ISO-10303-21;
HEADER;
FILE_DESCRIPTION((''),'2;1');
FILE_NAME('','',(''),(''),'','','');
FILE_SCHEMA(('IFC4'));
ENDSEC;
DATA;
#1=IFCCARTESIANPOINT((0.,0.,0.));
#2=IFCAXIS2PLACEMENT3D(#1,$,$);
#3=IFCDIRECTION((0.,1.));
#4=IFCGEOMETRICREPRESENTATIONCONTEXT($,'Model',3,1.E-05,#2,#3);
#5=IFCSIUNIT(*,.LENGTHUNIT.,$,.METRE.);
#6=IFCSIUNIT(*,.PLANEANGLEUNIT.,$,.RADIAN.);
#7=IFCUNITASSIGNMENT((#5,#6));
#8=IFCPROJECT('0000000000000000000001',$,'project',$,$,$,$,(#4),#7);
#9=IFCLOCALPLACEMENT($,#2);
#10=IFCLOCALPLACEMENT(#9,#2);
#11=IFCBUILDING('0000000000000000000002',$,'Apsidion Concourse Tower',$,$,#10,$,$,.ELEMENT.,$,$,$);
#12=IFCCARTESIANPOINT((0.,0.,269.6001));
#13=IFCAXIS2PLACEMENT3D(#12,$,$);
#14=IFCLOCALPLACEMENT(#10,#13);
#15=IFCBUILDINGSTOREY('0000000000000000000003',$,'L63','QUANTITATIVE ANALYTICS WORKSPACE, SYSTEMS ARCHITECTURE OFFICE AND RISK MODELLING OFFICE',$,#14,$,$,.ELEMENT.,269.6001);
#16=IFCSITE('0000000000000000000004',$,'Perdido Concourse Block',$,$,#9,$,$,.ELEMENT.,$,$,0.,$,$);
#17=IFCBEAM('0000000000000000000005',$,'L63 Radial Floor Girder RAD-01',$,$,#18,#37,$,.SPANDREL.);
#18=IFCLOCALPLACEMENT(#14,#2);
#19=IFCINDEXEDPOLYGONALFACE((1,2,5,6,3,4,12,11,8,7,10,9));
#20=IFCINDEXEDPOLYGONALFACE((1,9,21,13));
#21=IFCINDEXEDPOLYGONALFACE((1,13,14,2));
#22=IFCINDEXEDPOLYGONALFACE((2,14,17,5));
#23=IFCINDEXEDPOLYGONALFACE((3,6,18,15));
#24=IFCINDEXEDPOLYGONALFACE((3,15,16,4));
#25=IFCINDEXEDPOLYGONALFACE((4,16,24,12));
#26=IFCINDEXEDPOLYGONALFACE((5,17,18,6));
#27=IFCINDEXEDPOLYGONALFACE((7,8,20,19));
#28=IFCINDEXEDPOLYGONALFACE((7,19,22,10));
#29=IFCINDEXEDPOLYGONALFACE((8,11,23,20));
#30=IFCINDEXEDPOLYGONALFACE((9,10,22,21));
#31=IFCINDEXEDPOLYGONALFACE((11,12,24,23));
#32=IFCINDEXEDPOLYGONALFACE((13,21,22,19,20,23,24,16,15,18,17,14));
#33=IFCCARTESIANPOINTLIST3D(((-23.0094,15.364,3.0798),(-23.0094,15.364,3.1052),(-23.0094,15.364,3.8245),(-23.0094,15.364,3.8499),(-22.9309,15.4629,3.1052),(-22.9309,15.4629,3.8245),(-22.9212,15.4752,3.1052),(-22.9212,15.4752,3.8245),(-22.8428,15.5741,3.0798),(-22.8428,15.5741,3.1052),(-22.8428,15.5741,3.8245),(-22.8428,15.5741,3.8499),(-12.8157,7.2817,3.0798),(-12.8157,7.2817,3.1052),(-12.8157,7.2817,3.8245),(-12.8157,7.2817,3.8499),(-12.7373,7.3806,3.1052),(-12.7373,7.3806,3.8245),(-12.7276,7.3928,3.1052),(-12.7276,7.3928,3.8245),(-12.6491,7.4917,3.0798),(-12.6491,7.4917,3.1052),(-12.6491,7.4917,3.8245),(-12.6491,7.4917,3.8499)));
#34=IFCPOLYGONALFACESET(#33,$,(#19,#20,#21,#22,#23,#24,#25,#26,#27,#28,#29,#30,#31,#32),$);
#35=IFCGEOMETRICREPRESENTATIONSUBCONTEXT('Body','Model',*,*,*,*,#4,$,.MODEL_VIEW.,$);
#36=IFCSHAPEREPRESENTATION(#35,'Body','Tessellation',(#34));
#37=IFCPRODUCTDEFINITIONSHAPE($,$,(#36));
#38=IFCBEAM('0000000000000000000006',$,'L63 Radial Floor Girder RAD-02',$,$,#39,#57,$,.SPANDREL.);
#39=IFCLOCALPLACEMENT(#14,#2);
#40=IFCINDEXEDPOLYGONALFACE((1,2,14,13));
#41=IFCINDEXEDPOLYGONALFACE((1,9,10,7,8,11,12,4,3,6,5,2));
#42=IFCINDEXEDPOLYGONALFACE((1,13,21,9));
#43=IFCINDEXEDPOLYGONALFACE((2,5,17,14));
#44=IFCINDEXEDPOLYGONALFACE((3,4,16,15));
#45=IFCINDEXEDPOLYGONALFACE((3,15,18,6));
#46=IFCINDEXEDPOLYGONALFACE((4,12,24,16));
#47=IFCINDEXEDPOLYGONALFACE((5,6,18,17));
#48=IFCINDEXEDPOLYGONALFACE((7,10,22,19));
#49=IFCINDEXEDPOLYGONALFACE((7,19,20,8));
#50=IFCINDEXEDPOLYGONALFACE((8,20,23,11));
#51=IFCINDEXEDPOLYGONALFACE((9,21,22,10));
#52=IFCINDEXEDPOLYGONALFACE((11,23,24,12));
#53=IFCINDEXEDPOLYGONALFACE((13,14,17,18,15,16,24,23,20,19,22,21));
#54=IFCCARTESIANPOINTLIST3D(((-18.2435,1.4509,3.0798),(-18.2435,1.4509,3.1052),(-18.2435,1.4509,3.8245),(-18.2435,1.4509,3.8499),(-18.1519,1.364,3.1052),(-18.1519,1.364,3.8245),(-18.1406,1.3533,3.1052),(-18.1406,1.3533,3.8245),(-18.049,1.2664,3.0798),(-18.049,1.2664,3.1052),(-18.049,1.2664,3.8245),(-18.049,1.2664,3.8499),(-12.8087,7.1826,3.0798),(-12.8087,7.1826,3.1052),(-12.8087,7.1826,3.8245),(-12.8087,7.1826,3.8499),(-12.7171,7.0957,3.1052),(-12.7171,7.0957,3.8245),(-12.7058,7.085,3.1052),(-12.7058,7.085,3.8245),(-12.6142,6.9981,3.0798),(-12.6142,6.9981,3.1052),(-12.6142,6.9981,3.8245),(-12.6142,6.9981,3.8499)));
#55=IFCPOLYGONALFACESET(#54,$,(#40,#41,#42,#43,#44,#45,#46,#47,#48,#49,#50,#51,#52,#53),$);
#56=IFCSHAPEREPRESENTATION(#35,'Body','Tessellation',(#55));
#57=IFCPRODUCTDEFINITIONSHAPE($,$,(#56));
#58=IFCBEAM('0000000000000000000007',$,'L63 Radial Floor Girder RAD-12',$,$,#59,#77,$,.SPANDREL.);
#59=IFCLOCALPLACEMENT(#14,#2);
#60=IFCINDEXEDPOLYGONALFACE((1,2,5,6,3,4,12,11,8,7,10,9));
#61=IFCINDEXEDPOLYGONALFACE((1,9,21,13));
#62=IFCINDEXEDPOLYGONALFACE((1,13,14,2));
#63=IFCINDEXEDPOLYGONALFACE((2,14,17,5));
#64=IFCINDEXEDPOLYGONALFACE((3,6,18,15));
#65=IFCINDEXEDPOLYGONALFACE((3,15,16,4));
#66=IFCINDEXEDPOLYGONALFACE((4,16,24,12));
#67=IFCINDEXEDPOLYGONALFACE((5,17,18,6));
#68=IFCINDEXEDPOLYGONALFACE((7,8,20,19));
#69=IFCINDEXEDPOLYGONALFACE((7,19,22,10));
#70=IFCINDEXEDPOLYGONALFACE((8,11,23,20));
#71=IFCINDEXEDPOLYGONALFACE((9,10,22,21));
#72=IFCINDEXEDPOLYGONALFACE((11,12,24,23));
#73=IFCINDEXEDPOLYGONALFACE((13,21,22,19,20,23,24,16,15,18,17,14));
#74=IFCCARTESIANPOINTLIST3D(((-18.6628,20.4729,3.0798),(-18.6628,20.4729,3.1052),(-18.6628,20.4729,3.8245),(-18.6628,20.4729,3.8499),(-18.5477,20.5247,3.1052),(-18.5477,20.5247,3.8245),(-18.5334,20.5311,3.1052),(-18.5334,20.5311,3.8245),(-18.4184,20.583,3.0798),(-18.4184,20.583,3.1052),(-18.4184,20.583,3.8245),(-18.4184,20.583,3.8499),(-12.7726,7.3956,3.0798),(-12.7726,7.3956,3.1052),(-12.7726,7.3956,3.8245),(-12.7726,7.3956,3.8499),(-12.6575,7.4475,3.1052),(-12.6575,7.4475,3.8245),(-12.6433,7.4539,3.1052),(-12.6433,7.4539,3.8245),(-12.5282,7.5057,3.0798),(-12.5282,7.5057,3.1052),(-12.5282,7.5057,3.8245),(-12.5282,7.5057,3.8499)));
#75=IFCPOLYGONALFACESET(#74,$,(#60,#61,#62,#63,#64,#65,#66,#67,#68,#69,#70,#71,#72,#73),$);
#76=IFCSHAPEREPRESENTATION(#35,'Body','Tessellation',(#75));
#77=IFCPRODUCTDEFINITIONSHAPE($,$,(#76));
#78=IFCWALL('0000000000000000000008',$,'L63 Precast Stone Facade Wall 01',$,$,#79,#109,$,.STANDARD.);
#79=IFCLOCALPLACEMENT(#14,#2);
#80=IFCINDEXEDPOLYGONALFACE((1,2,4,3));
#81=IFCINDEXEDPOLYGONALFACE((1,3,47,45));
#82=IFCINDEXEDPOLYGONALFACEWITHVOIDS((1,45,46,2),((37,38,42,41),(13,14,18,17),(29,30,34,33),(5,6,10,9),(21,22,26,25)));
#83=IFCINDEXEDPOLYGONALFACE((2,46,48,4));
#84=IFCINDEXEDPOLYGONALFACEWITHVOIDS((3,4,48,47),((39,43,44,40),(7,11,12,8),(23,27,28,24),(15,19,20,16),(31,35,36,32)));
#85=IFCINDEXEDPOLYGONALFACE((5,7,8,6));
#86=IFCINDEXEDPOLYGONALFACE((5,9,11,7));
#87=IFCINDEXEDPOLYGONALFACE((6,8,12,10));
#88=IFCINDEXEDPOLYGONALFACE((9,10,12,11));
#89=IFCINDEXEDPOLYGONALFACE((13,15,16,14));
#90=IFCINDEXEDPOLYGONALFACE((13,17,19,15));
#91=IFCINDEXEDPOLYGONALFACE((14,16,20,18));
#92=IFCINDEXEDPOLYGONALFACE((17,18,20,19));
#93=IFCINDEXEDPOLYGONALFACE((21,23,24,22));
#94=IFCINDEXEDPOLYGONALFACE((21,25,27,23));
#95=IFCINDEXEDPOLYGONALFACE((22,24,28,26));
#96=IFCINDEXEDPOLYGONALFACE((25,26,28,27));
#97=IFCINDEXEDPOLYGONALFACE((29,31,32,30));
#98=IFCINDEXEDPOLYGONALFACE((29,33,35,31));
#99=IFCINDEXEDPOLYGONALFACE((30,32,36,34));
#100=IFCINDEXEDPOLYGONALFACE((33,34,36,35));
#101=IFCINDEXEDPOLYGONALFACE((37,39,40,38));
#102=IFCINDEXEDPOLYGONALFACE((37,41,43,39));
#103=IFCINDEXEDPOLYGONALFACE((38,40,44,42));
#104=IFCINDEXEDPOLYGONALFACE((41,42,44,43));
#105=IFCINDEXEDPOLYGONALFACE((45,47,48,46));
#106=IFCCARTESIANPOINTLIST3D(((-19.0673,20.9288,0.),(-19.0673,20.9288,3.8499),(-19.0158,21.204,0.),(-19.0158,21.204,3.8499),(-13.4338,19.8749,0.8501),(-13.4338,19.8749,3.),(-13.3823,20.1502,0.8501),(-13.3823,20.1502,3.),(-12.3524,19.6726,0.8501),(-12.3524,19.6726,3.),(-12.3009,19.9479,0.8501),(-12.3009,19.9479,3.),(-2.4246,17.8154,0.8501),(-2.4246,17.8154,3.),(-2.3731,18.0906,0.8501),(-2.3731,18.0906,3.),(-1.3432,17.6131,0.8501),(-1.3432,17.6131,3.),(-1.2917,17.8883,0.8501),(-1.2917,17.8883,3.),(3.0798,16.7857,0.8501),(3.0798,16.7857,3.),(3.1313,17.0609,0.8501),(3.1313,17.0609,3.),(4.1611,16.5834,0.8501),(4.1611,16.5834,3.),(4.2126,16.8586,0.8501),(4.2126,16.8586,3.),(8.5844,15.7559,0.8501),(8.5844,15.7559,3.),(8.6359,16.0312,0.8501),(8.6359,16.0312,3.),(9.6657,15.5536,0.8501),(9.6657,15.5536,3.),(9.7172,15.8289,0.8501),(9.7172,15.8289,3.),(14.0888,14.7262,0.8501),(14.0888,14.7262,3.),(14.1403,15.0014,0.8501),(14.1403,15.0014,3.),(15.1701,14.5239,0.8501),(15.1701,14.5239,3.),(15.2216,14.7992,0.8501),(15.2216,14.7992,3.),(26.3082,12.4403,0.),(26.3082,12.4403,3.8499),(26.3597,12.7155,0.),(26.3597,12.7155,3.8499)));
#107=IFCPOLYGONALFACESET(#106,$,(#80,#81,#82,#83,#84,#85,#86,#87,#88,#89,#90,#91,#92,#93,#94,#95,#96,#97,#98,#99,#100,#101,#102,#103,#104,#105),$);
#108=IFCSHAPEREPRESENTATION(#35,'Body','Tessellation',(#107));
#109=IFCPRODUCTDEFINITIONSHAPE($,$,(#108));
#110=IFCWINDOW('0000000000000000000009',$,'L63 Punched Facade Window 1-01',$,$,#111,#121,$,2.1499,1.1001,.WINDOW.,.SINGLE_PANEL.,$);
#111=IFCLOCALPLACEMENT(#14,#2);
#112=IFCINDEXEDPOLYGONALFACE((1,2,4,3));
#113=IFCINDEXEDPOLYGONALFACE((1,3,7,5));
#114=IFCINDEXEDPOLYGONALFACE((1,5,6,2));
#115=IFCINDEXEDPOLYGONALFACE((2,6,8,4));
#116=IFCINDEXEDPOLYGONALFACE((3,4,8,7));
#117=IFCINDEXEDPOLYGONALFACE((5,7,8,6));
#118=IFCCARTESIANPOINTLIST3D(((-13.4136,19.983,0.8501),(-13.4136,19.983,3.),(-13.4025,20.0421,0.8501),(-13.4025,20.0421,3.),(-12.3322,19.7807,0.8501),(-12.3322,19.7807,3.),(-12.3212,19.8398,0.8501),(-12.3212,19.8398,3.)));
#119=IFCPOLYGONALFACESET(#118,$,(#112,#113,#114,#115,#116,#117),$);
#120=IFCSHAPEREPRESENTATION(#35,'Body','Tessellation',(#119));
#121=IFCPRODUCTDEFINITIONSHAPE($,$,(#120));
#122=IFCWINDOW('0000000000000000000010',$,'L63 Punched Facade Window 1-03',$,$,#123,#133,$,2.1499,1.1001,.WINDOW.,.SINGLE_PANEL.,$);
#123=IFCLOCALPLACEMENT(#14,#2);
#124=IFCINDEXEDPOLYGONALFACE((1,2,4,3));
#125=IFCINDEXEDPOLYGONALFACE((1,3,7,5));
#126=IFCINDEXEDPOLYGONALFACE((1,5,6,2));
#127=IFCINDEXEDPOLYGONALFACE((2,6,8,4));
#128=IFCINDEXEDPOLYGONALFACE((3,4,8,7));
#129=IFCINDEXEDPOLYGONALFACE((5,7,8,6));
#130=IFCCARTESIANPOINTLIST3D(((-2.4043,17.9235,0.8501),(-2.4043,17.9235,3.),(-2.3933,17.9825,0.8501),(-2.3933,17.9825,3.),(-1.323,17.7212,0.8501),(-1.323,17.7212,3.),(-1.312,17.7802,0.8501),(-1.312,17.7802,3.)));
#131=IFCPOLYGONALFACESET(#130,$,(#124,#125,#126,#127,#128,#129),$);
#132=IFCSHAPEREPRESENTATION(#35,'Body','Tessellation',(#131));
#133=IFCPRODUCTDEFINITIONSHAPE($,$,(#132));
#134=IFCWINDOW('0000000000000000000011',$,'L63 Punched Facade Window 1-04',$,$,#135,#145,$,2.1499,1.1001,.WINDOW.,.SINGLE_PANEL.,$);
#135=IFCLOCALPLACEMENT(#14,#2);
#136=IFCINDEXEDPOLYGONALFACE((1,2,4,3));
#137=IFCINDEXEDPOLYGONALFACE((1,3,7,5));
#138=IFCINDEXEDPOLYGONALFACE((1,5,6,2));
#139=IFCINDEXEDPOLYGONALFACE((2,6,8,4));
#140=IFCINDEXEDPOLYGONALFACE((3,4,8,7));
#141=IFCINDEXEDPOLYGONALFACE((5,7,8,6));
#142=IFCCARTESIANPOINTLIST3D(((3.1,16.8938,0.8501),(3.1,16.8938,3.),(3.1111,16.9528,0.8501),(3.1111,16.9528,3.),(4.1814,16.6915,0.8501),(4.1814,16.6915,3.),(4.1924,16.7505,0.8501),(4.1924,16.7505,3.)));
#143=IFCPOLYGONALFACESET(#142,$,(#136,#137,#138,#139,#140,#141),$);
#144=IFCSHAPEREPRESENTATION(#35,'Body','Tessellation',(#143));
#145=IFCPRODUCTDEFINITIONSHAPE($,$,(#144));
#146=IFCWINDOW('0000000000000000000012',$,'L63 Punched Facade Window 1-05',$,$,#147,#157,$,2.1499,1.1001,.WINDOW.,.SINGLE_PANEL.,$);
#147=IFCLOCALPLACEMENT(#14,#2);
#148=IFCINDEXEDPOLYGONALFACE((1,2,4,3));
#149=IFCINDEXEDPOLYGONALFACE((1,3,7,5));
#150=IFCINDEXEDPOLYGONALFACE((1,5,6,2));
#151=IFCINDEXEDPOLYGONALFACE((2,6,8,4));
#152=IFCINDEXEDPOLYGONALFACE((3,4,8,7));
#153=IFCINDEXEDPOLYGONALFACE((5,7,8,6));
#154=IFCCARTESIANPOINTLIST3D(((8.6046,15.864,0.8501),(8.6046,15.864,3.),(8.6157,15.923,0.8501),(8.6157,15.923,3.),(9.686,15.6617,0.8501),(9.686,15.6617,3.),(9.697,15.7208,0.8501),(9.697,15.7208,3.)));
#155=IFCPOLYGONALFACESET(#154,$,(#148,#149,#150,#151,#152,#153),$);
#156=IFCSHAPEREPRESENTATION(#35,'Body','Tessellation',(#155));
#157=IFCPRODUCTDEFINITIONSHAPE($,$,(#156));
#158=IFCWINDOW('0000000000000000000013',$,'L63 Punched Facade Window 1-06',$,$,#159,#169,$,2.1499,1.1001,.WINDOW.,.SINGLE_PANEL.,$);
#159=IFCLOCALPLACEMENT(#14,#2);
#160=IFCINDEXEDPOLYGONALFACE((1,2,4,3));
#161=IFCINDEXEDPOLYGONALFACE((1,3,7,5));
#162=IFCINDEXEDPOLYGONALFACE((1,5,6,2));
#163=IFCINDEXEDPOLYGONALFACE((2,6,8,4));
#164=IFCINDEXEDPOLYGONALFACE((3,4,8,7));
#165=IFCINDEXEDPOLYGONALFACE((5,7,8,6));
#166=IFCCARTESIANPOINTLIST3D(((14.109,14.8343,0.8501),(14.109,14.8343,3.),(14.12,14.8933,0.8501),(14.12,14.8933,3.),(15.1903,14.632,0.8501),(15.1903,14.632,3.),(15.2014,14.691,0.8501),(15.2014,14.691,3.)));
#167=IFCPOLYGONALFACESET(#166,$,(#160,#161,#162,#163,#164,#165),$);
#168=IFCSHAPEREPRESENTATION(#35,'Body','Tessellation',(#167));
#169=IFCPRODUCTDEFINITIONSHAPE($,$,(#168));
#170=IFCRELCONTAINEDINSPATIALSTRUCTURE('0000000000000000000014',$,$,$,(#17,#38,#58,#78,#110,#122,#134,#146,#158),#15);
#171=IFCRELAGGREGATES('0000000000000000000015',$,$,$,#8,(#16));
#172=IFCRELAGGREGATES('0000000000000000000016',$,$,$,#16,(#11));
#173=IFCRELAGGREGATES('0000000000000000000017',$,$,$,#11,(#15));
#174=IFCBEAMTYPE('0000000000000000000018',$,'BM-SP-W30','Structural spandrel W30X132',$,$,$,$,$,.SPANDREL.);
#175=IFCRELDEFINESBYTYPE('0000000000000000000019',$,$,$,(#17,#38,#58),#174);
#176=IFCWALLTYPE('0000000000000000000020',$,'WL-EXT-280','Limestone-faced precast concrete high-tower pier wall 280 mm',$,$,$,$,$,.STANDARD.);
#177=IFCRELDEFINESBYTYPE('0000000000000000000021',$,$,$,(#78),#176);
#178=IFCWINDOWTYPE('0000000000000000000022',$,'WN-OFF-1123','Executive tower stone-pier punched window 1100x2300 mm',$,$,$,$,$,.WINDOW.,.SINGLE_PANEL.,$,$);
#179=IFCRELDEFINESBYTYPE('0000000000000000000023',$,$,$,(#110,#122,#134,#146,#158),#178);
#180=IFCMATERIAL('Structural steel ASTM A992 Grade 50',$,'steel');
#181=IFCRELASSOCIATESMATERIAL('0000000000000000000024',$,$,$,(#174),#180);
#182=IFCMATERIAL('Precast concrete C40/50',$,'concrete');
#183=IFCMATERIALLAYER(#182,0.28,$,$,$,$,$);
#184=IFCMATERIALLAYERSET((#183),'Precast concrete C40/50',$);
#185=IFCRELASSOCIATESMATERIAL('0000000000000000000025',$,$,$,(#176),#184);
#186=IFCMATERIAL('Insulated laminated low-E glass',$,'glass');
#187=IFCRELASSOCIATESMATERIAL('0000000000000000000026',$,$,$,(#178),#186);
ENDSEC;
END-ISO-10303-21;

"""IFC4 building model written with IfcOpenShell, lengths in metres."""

from ifc_helpers import new_model, si_unit, direction, frame, frame_2d, origin, origin_2d, place, context, subcontext, project, spatial, rectangle, i_section, extrude, material, layer, layer_set, material_profile, profile_set, type_object, element, fill, save


model = new_model("IFC4")

# Units and contexts
model_context = context("Model", 3, precision=1e-05, world=origin(), true_north=direction((0.0, 1.0)))
body_context = subcontext(model_context, "Body", "Model", "MODEL_VIEW")
ifc_project = project(units=[si_unit("LENGTHUNIT", "METRE"), si_unit("PLANEANGLEUNIT", "RADIAN")], contexts=[model_context])

# Site, building, storey
site_placement = place(None, origin())
site = spatial("IfcSite", under=ifc_project, at=site_placement, Name="Perdido Concourse Block", CompositionType="ELEMENT", RefElevation=0.0)
building_placement = place(site_placement, origin())
building = spatial("IfcBuilding", under=site, at=building_placement, Name="Apsidion Concourse Tower", CompositionType="ELEMENT")
storey_placement = place(building_placement, frame((0.0, 0.0, 269.6001)))
storey = spatial("IfcBuildingStorey", under=building, at=storey_placement, Name="L63", Description="QUANTITATIVE ANALYTICS WORKSPACE, SYSTEMS ARCHITECTURE OFFICE AND RISK MODELLING OFFICE", CompositionType="ELEMENT", Elevation=269.6001)

# Shared definitions
ifc_material_1 = material(Name="Structural steel ASTM A992 Grade 50", Category="steel")

# Beams
ifc_material_profile_1 = material_profile(ifc_material_1, i_section(OverallWidth=0.2681, OverallDepth=0.77, WebThickness=0.0156, FlangeThickness=0.0254, at=origin_2d()), Name="W30X132")
ifc_profile_set_1 = profile_set([ifc_material_profile_1], Name="Structural steel ASTM A992 Grade 50")
beam_type_1 = type_object("IfcBeamType", Name="BM-SP-W30", Description="Structural spandrel W30X132", PredefinedType="SPANDREL", material=ifc_profile_set_1)
beam_1_placement = place(storey_placement, frame((-12.7324, 7.3867, 3.4648), z_axis=(-0.783584, 0.621286, 0.0), x_axis=(-0.621286, -0.783584, 0.0)))
element("IfcBeam", 1, at=beam_1_placement, inside=storey, type_object=beam_type_1, Name="L63 Radial Floor Girder RAD-01", PredefinedType="SPANDREL", context=body_context, shape_type="SweptSolid", body=[
    extrude(i_section(OverallWidth=0.2681, OverallDepth=0.77, WebThickness=0.0156, FlangeThickness=0.0254, at=origin_2d()), origin(), (0.0, 0.0, 1.0), 13.009),
])
beam_2_placement = place(storey_placement, frame((-12.7114, 7.0903, 3.4648), z_axis=(-0.688064, -0.72565, 0.0), x_axis=(0.72565, -0.688064, 0.0)))
element("IfcBeam", 2, at=beam_2_placement, inside=storey, type_object=beam_type_1, Name="L63 Radial Floor Girder RAD-02", PredefinedType="SPANDREL", context=body_context, shape_type="SweptSolid", body=[
    extrude(i_section(OverallWidth=0.2681, OverallDepth=0.77, WebThickness=0.0156, FlangeThickness=0.0254, at=origin_2d()), origin(), (0.0, 0.0, 1.0), 7.8987),
])
beam_3_placement = place(storey_placement, frame((-12.6504, 7.4507, 3.4648), z_axis=(-0.410679, 0.91178, 0.0), x_axis=(-0.91178, -0.410679, 0.0)))
element("IfcBeam", 3, at=beam_3_placement, inside=storey, type_object=beam_type_1, Name="L63 Radial Floor Girder RAD-12", PredefinedType="SPANDREL", context=body_context, shape_type="SweptSolid", body=[
    extrude(i_section(OverallWidth=0.2681, OverallDepth=0.77, WebThickness=0.0156, FlangeThickness=0.0254, at=origin_2d()), origin(), (0.0, 0.0, 1.0), 14.3425),
])

# Wall, openings, windows
ifc_material_2 = material(Name="Precast concrete C40/50", Category="concrete")
ifc_layer_1 = layer(ifc_material_2, 0.28)
ifc_layer_set_1 = layer_set([ifc_layer_1], Name="Precast concrete C40/50")
wall_type_1 = type_object("IfcWallType", Name="WL-EXT-280", Description="Limestone-faced precast concrete high-tower pier wall 280 mm", PredefinedType="STANDARD", material=ifc_layer_set_1)
wall_1_placement = place(storey_placement, frame((-19.0415, 21.0664, 0.0), z_axis=(0.0, 0.0, 1.0), x_axis=(0.982948, -0.183883, 0.0)))
wall_1 = element("IfcWall", 4, at=wall_1_placement, inside=storey, type_object=wall_type_1, Name="L63 Precast Stone Facade Wall 01", PredefinedType="STANDARD", context=body_context, shape_type="SweptSolid", body=[
    extrude(rectangle(XDim=46.1626, YDim=0.28, at=frame_2d((23.0813, 0.0))), origin(), (0.0, 0.0, 1.0), 3.8499),
])
opening_1_placement = place(wall_1_placement, frame((5.7312, 0.0, 0.8501)))
opening_1 = element("IfcOpeningElement", 5, at=opening_1_placement, cuts=wall_1, PredefinedType="OPENING", context=body_context, shape_type="SweptSolid", body=[
    extrude(rectangle(XDim=1.1001, YDim=2.1499, at=frame_2d((0.55, 1.075))), frame((0.0, 0.1499, 0.0), z_axis=(0.0, -1.0, 0.0), x_axis=(1.0, 0.0, 0.0)), (0.0, 0.0, 1.0), 0.3),
])
opening_2_placement = place(wall_1_placement, frame((16.9314, 0.0, 0.8501)))
opening_2 = element("IfcOpeningElement", 6, at=opening_2_placement, cuts=wall_1, PredefinedType="OPENING", context=body_context, shape_type="SweptSolid", body=[
    extrude(rectangle(XDim=1.1001, YDim=2.1499, at=frame_2d((0.55, 1.075))), frame((0.0, 0.1499, 0.0), z_axis=(0.0, -1.0, 0.0), x_axis=(1.0, 0.0, 0.0)), (0.0, 0.0, 1.0), 0.3),
])
opening_3_placement = place(wall_1_placement, frame((22.5312, 0.0, 0.8501)))
opening_3 = element("IfcOpeningElement", 7, at=opening_3_placement, cuts=wall_1, PredefinedType="OPENING", context=body_context, shape_type="SweptSolid", body=[
    extrude(rectangle(XDim=1.1001, YDim=2.1499, at=frame_2d((0.55, 1.075))), frame((0.0, 0.1499, 0.0), z_axis=(0.0, -1.0, 0.0), x_axis=(1.0, 0.0, 0.0)), (0.0, 0.0, 1.0), 0.3),
])
opening_4_placement = place(wall_1_placement, frame((28.1313, 0.0, 0.8501)))
opening_4 = element("IfcOpeningElement", 8, at=opening_4_placement, cuts=wall_1, PredefinedType="OPENING", context=body_context, shape_type="SweptSolid", body=[
    extrude(rectangle(XDim=1.1001, YDim=2.1499, at=frame_2d((0.55, 1.075))), frame((0.0, 0.1499, 0.0), z_axis=(0.0, -1.0, 0.0), x_axis=(1.0, 0.0, 0.0)), (0.0, 0.0, 1.0), 0.3),
])
opening_5_placement = place(wall_1_placement, frame((33.7312, 0.0, 0.8501)))
opening_5 = element("IfcOpeningElement", 9, at=opening_5_placement, cuts=wall_1, PredefinedType="OPENING", context=body_context, shape_type="SweptSolid", body=[
    extrude(rectangle(XDim=1.1001, YDim=2.1499, at=frame_2d((0.55, 1.075))), frame((0.0, 0.1499, 0.0), z_axis=(0.0, -1.0, 0.0), x_axis=(1.0, 0.0, 0.0)), (0.0, 0.0, 1.0), 0.3),
])
ifc_material_3 = material(Name="Insulated laminated low-E glass", Category="glass")
window_type = type_object("IfcWindowType", Name="WN-OFF-1123", Description="Executive tower stone-pier punched window 1100x2300 mm", PartitioningType="SINGLE_PANEL", PredefinedType="WINDOW", material=ifc_material_3)
window_1_placement = place(opening_1_placement, origin())
window_1 = element("IfcWindow", 10, at=window_1_placement, inside=storey, type_object=window_type, Name="L63 Punched Facade Window 1-01", OverallHeight=2.1499, OverallWidth=1.1001, PartitioningType="SINGLE_PANEL", PredefinedType="WINDOW", context=body_context, shape_type="SweptSolid", body=[
    extrude(rectangle(XDim=1.1001, YDim=2.1499, at=frame_2d((0.55, 1.075))), frame((0.0, 0.03, 0.0), z_axis=(0.0, -1.0, 0.0), x_axis=(1.0, 0.0, 0.0)), (0.0, 0.0, 1.0), 0.0601),
])
fill(opening_1, window_1)
window_2_placement = place(opening_2_placement, origin())
window_2 = element("IfcWindow", 11, at=window_2_placement, inside=storey, type_object=window_type, Name="L63 Punched Facade Window 1-03", OverallHeight=2.1499, OverallWidth=1.1001, PartitioningType="SINGLE_PANEL", PredefinedType="WINDOW", context=body_context, shape_type="SweptSolid", body=[
    extrude(rectangle(XDim=1.1001, YDim=2.1499, at=frame_2d((0.55, 1.075))), frame((0.0, 0.03, 0.0), z_axis=(0.0, -1.0, 0.0), x_axis=(1.0, 0.0, 0.0)), (0.0, 0.0, 1.0), 0.0601),
])
fill(opening_2, window_2)
window_3_placement = place(opening_3_placement, origin())
window_3 = element("IfcWindow", 12, at=window_3_placement, inside=storey, type_object=window_type, Name="L63 Punched Facade Window 1-04", OverallHeight=2.1499, OverallWidth=1.1001, PartitioningType="SINGLE_PANEL", PredefinedType="WINDOW", context=body_context, shape_type="SweptSolid", body=[
    extrude(rectangle(XDim=1.1001, YDim=2.1499, at=frame_2d((0.55, 1.075))), frame((0.0, 0.03, 0.0), z_axis=(0.0, -1.0, 0.0), x_axis=(1.0, 0.0, 0.0)), (0.0, 0.0, 1.0), 0.0601),
])
fill(opening_3, window_3)
window_4_placement = place(opening_4_placement, origin())
window_4 = element("IfcWindow", 13, at=window_4_placement, inside=storey, type_object=window_type, Name="L63 Punched Facade Window 1-05", OverallHeight=2.1499, OverallWidth=1.1001, PartitioningType="SINGLE_PANEL", PredefinedType="WINDOW", context=body_context, shape_type="SweptSolid", body=[
    extrude(rectangle(XDim=1.1001, YDim=2.1499, at=frame_2d((0.55, 1.075))), frame((0.0, 0.03, 0.0), z_axis=(0.0, -1.0, 0.0), x_axis=(1.0, 0.0, 0.0)), (0.0, 0.0, 1.0), 0.0601),
])
fill(opening_4, window_4)
window_5_placement = place(opening_5_placement, origin())
window_5 = element("IfcWindow", 14, at=window_5_placement, inside=storey, type_object=window_type, Name="L63 Punched Facade Window 1-06", OverallHeight=2.1499, OverallWidth=1.1001, PartitioningType="SINGLE_PANEL", PredefinedType="WINDOW", context=body_context, shape_type="SweptSolid", body=[
    extrude(rectangle(XDim=1.1001, YDim=2.1499, at=frame_2d((0.55, 1.075))), frame((0.0, 0.03, 0.0), z_axis=(0.0, -1.0, 0.0), x_axis=(1.0, 0.0, 0.0)), (0.0, 0.0, 1.0), 0.0601),
])
fill(opening_5, window_5)

save(model, "model.ifc")
